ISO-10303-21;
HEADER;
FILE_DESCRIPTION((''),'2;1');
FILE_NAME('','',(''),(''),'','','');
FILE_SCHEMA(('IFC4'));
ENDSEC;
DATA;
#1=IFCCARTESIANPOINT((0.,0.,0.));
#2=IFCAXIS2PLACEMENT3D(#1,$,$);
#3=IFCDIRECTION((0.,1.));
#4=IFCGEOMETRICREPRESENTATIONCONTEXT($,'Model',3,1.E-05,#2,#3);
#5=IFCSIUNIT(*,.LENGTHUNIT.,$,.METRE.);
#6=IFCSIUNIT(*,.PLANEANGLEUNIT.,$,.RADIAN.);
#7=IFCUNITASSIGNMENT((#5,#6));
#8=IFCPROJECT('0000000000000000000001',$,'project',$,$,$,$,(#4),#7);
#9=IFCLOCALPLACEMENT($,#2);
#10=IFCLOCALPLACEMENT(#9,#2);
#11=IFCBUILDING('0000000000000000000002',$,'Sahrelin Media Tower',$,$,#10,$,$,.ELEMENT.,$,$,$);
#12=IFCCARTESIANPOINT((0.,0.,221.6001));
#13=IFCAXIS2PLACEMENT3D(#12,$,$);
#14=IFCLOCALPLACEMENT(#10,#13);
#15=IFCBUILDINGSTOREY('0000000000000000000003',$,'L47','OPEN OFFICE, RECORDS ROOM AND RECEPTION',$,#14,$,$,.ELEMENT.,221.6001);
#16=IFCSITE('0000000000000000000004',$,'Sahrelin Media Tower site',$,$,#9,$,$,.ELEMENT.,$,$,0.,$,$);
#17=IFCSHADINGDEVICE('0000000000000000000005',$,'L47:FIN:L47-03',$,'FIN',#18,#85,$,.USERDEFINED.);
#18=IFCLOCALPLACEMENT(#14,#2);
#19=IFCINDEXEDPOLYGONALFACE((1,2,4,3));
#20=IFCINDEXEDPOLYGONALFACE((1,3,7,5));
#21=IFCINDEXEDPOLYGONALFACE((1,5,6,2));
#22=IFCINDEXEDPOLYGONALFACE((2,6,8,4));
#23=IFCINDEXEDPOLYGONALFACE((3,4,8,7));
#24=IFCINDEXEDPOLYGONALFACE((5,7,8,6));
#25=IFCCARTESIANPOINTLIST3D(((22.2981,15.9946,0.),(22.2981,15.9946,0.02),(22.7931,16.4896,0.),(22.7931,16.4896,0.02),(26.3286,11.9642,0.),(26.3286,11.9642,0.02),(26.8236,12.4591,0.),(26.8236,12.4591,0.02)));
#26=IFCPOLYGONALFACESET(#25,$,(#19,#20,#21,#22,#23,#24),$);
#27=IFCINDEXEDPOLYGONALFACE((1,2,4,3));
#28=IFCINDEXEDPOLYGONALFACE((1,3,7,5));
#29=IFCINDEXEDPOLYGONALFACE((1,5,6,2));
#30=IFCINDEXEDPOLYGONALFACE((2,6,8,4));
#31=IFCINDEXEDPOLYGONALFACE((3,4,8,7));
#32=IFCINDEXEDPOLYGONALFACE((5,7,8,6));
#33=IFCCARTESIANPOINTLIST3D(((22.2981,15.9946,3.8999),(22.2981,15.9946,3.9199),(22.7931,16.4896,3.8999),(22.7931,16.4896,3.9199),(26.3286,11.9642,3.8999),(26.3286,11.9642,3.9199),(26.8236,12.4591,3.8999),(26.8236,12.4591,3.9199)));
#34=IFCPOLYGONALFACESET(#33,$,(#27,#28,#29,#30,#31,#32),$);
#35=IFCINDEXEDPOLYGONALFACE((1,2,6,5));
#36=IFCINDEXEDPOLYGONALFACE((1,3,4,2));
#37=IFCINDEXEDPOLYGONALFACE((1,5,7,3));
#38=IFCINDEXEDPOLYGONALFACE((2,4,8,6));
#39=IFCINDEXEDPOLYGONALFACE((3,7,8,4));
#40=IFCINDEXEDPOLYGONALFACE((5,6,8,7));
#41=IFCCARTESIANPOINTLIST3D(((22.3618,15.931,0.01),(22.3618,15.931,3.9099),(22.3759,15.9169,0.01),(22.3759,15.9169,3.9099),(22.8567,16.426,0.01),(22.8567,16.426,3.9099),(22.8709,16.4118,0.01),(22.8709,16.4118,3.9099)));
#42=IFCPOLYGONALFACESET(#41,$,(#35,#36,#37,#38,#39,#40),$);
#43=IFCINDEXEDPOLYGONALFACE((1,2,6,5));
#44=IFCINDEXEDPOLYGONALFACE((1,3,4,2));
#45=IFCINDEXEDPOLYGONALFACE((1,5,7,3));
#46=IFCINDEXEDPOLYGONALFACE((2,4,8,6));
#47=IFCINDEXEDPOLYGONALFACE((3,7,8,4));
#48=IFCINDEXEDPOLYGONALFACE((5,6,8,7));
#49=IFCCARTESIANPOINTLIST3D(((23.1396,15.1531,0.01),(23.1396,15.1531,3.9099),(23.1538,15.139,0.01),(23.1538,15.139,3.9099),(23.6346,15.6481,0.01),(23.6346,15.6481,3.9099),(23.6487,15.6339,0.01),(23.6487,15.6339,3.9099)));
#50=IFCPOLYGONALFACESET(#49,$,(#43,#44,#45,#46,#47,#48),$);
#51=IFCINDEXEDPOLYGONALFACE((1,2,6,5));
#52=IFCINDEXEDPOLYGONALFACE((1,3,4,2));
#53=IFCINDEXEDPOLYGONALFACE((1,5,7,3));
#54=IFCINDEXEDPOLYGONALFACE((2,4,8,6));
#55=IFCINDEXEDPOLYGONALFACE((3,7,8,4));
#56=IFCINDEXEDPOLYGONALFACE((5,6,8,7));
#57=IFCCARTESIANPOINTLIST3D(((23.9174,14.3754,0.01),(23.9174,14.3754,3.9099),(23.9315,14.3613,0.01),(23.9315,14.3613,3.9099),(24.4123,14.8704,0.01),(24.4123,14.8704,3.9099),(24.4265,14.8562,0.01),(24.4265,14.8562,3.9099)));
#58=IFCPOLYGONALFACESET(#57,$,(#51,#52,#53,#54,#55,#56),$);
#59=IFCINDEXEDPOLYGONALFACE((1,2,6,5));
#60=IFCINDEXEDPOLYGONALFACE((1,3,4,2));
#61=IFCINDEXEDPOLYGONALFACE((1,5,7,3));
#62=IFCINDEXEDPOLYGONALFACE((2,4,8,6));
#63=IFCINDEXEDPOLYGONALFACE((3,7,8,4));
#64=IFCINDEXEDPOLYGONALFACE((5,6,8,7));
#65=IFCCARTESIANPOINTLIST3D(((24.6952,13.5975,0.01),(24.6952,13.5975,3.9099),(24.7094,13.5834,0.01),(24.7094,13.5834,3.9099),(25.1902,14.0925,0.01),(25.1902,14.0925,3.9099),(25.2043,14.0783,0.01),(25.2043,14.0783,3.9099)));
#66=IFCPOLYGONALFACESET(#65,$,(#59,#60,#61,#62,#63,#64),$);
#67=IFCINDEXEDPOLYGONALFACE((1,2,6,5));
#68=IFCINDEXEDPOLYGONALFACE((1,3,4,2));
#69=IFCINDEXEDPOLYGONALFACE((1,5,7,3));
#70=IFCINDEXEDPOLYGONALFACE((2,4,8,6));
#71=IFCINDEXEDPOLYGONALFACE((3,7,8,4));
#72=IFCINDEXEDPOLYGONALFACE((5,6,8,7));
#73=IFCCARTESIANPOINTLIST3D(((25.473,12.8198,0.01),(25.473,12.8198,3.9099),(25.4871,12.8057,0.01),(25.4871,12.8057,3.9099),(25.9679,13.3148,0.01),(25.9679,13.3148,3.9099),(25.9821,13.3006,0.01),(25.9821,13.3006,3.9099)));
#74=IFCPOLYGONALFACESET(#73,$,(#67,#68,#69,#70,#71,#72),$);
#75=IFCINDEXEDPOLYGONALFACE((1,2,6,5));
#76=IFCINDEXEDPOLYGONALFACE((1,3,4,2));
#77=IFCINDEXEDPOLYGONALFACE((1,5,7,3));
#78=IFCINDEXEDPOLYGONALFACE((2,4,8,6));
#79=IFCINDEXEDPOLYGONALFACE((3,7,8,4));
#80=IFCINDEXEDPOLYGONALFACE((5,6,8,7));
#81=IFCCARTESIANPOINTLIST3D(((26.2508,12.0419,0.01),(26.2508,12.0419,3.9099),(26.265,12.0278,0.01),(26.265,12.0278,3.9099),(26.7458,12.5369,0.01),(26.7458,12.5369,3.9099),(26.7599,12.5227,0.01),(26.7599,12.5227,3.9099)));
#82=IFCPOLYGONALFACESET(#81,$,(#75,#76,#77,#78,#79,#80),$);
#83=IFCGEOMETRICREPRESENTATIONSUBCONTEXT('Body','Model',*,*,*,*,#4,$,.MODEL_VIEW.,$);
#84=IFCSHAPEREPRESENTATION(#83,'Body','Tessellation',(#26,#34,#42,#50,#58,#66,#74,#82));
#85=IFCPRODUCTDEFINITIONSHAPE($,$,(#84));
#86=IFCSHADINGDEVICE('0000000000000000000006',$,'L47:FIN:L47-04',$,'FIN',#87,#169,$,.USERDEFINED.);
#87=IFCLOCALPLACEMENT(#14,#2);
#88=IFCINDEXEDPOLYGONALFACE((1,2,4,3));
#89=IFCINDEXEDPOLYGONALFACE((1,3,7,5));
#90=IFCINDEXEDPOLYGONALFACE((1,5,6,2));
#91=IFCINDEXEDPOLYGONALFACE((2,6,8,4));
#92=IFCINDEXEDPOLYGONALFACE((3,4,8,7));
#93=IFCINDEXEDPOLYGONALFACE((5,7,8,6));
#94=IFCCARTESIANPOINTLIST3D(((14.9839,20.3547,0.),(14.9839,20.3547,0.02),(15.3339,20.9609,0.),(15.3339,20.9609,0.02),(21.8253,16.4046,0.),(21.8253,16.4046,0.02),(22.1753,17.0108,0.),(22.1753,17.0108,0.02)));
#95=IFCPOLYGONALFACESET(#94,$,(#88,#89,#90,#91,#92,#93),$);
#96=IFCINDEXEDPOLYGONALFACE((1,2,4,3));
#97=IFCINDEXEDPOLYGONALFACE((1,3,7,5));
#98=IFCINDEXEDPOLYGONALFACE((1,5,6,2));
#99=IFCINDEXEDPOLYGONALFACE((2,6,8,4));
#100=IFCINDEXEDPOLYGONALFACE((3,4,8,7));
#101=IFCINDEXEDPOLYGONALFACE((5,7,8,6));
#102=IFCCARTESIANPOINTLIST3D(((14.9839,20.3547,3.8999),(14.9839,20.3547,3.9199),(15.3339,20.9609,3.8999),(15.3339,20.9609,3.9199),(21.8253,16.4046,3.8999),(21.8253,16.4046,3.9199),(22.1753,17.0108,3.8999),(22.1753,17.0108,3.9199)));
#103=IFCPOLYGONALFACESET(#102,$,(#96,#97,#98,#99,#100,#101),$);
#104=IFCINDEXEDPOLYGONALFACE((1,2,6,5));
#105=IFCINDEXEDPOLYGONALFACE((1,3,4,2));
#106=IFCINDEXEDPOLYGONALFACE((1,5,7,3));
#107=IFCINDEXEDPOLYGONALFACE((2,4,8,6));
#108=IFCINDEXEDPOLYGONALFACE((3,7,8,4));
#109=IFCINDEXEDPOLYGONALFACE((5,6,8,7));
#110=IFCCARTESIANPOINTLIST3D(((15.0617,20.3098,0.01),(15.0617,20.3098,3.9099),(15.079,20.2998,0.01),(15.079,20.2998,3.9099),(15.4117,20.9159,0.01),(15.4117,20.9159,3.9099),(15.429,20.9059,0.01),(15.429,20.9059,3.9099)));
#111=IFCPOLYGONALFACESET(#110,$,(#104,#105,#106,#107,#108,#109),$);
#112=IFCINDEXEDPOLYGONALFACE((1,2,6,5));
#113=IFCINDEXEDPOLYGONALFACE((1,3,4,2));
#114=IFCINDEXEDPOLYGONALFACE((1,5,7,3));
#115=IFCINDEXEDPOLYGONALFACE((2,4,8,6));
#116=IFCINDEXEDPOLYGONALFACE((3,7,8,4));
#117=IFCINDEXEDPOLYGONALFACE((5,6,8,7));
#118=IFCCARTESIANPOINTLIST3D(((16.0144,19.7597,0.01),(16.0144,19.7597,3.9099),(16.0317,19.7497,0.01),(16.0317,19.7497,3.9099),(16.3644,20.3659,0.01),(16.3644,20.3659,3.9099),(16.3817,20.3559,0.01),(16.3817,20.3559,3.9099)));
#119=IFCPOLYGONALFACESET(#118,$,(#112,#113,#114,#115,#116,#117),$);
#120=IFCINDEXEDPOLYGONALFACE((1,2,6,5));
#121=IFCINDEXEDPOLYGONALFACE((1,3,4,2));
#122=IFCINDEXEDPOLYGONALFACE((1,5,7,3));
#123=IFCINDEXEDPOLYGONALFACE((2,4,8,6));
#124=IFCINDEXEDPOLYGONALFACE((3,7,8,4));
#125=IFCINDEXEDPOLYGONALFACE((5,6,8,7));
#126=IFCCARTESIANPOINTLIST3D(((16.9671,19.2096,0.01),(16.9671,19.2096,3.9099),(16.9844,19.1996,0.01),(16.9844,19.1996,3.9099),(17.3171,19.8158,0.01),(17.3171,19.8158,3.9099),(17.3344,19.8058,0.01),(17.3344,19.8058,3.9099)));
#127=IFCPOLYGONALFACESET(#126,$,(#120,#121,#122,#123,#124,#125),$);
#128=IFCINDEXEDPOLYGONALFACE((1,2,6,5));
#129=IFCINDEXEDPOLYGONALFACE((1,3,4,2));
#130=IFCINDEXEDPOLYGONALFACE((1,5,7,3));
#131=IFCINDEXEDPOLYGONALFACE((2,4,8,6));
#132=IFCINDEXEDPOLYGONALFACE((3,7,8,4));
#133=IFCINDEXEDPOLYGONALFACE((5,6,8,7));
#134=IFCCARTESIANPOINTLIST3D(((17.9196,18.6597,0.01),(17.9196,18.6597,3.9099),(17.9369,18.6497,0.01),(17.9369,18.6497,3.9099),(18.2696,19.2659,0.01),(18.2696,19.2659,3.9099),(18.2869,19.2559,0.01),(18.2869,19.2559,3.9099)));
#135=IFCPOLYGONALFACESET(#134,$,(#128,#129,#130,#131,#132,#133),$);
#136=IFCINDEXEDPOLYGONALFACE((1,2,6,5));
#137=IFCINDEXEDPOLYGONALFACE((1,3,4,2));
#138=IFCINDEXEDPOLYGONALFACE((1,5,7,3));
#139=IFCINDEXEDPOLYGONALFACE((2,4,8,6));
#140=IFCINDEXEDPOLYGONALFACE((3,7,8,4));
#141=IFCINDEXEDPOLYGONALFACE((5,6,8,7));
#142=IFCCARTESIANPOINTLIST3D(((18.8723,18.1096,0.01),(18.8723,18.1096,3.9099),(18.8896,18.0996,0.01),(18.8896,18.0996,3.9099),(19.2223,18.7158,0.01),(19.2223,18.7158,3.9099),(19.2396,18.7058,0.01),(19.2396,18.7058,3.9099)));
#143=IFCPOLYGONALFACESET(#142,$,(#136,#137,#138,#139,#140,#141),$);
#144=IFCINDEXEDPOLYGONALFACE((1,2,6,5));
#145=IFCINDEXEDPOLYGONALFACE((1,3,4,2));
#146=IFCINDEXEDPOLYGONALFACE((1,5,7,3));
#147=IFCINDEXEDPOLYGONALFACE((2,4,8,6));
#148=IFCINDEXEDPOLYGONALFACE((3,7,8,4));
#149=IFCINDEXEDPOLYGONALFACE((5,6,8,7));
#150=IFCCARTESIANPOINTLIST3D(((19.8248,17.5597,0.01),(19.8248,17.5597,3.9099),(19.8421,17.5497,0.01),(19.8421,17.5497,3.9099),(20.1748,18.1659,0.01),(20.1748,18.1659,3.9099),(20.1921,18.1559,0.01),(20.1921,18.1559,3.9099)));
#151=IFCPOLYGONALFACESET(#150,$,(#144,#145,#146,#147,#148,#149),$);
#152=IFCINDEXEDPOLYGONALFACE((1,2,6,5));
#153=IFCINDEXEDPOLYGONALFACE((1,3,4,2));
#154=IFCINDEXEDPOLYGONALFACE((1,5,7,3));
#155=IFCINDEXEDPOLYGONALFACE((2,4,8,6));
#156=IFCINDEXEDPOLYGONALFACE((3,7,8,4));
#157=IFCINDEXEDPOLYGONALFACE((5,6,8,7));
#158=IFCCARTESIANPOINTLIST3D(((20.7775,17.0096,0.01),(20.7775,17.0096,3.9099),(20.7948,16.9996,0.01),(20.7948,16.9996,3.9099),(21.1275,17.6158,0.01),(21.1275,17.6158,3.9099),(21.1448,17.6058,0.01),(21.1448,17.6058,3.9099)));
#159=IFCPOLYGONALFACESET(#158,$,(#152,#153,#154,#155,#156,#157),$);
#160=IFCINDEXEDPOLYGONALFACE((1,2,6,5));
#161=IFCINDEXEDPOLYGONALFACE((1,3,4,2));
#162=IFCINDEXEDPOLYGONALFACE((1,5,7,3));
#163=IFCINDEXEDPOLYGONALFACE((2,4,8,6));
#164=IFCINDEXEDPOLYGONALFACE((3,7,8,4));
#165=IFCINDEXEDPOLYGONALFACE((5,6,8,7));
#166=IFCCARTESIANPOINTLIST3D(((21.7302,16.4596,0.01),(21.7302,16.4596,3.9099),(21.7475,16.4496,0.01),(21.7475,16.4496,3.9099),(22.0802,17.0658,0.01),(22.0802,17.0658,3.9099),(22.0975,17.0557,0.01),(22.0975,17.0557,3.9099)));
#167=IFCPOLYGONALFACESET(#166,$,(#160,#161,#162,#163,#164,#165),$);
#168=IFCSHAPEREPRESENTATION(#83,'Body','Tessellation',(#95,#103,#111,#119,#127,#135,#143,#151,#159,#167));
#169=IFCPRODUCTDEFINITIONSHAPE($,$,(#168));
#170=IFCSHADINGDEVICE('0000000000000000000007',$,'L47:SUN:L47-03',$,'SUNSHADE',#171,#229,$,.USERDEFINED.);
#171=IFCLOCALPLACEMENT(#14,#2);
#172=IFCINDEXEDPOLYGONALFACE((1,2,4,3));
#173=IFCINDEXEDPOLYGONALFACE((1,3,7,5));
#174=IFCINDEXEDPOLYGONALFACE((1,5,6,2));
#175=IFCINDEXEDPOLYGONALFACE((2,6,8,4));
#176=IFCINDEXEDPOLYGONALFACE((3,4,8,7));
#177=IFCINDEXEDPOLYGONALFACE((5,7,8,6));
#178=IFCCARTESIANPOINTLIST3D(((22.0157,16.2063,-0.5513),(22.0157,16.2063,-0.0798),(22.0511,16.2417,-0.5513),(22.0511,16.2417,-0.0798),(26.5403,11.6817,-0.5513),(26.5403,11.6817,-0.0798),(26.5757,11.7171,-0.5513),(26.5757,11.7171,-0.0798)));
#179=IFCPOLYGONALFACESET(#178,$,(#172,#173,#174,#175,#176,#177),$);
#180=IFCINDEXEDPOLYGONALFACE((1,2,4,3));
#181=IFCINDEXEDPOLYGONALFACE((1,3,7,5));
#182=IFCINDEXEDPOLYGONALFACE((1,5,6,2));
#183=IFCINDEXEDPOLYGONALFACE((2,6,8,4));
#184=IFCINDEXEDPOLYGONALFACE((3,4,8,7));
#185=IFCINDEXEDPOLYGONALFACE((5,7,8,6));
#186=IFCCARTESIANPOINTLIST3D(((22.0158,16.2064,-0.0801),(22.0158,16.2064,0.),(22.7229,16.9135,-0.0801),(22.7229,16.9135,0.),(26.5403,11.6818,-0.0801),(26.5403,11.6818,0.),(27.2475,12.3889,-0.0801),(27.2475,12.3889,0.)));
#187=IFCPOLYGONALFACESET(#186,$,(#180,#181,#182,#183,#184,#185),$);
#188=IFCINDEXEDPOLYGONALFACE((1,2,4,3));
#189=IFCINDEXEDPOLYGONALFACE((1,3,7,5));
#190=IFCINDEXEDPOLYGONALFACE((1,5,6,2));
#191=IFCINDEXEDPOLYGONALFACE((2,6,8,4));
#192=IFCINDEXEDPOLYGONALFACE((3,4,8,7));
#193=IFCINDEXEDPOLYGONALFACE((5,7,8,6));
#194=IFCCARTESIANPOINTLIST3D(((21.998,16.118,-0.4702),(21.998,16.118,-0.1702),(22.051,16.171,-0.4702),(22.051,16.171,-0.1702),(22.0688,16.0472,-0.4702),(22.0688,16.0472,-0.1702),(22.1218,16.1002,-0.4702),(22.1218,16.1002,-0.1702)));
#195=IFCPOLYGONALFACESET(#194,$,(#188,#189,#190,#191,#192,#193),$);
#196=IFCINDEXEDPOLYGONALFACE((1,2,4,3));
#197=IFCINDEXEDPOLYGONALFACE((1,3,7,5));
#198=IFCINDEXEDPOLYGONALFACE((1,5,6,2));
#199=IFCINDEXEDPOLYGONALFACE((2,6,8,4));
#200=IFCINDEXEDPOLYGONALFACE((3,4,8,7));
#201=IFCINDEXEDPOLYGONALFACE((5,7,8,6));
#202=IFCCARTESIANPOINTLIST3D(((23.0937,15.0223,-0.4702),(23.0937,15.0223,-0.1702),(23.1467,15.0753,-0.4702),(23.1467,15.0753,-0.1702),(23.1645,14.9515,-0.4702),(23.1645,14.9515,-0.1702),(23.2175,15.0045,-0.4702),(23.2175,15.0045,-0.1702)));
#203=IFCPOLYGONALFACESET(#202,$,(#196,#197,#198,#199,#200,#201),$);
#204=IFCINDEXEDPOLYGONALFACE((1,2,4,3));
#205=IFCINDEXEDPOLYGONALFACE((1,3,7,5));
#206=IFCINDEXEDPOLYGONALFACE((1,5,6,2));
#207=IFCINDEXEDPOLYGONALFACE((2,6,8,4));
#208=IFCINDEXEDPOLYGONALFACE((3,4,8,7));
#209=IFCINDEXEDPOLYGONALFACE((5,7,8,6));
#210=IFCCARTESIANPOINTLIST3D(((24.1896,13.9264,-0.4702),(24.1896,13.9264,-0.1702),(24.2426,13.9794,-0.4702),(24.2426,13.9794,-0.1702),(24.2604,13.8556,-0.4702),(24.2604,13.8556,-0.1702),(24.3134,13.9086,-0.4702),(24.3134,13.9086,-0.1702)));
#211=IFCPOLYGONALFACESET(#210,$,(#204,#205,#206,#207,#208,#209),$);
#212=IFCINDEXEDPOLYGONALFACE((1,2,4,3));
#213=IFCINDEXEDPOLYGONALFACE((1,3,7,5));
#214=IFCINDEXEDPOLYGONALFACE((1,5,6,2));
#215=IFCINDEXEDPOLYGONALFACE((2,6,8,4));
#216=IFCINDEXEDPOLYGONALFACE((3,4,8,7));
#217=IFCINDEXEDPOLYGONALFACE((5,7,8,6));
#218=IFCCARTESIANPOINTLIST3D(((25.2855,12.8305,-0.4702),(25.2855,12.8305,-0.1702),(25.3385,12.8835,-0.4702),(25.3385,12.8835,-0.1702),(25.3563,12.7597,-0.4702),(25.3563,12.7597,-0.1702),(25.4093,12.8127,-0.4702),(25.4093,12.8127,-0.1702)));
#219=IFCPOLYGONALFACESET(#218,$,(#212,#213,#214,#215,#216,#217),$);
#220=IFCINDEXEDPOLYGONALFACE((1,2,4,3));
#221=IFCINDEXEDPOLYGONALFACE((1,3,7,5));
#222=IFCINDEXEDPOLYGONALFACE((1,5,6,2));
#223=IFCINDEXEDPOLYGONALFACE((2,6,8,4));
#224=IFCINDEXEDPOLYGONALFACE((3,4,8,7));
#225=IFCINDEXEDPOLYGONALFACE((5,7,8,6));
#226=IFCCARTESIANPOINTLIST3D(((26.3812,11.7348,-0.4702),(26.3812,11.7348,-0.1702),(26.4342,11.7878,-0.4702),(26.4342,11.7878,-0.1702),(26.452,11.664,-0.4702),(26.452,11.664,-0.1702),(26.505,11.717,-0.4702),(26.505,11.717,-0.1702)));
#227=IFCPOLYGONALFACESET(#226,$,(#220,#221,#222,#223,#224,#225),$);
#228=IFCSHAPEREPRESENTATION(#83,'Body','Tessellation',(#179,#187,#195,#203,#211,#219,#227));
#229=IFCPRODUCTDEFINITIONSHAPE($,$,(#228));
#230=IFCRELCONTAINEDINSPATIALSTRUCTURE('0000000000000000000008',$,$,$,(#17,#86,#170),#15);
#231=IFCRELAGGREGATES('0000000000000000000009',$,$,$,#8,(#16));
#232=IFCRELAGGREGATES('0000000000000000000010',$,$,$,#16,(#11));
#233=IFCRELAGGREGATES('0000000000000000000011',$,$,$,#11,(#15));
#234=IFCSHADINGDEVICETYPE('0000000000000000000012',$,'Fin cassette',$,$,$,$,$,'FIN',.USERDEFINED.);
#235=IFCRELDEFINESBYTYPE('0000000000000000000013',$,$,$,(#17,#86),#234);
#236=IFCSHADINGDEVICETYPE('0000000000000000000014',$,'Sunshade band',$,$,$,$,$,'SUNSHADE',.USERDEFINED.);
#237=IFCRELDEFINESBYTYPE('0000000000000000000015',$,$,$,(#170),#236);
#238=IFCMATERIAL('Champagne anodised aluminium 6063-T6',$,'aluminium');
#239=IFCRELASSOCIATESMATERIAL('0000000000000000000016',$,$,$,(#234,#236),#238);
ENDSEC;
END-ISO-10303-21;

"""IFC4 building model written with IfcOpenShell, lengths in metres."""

from ifc_helpers import new_model, si_unit, direction, frame, origin, origin_2d, place, context, subcontext, project, spatial, rectangle, extrude, material, type_object, element, save


model = new_model("IFC4")

# Units and contexts
model_context = context("Model", 3, precision=1e-05, world=origin(), true_north=direction((0.0, 1.0)))
body_context = subcontext(model_context, "Body", "Model", "MODEL_VIEW")
ifc_project = project(units=[si_unit("LENGTHUNIT", "METRE"), si_unit("PLANEANGLEUNIT", "RADIAN")], contexts=[model_context])

# Site, building, storey
site_placement = place(None, origin())
site = spatial("IfcSite", under=ifc_project, at=site_placement, Name="Sahrelin Media Tower site", CompositionType="ELEMENT", RefElevation=0.0)
building_placement = place(site_placement, origin())
building = spatial("IfcBuilding", under=site, at=building_placement, Name="Sahrelin Media Tower", CompositionType="ELEMENT")
storey_placement = place(building_placement, frame((0.0, 0.0, 221.6001)))
storey = spatial("IfcBuildingStorey", under=building, at=storey_placement, Name="L47", Description="OPEN OFFICE, RECORDS ROOM AND RECEPTION", CompositionType="ELEMENT", Elevation=221.6001)

# Shared definitions
ifc_material_1 = material(Name="Champagne anodised aluminium 6063-T6", Category="aluminium")

# Shading devices
shading_device_type_1 = type_object("IfcShadingDeviceType", Name="Fin cassette", ElementType="FIN", PredefinedType="USERDEFINED", material=ifc_material_1)
placement_1 = place(storey_placement, frame((24.2639, 13.9299, 0.0), z_axis=(0.0, 0.0, 1.0), x_axis=(0.707107, -0.707107, 0.0)))
element("IfcShadingDevice", 1, at=placement_1, inside=storey, type_object=shading_device_type_1, Name="L47:FIN:L47-03", ObjectType="FIN", PredefinedType="USERDEFINED", context=body_context, shape_type="SweptSolid", body=[
    extrude(rectangle(XDim=5.7, YDim=0.7, at=origin_2d()), frame((0.0, 0.4199, 0.0)), (0.0, 0.0, 1.0), 0.02),
    extrude(rectangle(XDim=5.7, YDim=0.7, at=origin_2d()), frame((0.0, 0.4199, 3.8999)), (0.0, 0.0, 1.0), 0.02),
    extrude(rectangle(XDim=0.02, YDim=0.7, at=origin_2d()), frame((-2.75, 0.4199, 0.01), z_axis=(0.0, 0.0, 1.0), x_axis=(1.0, 0.0, 0.0)), (0.0, 0.0, 1.0), 3.8999),
    extrude(rectangle(XDim=0.02, YDim=0.7, at=origin_2d()), frame((-1.6499, 0.4199, 0.01), z_axis=(0.0, 0.0, 1.0), x_axis=(1.0, 0.0, 0.0)), (0.0, 0.0, 1.0), 3.8999),
    extrude(rectangle(XDim=0.02, YDim=0.7, at=origin_2d()), frame((-0.55, 0.4199, 0.01), z_axis=(0.0, 0.0, 1.0), x_axis=(1.0, 0.0, 0.0)), (0.0, 0.0, 1.0), 3.8999),
    extrude(rectangle(XDim=0.02, YDim=0.7, at=origin_2d()), frame((0.55, 0.4199, 0.01), z_axis=(0.0, 0.0, 1.0), x_axis=(1.0, 0.0, 0.0)), (0.0, 0.0, 1.0), 3.8999),
    extrude(rectangle(XDim=0.02, YDim=0.7, at=origin_2d()), frame((1.6499, 0.4199, 0.01), z_axis=(0.0, 0.0, 1.0), x_axis=(1.0, 0.0, 0.0)), (0.0, 0.0, 1.0), 3.8999),
    extrude(rectangle(XDim=0.02, YDim=0.7, at=origin_2d()), frame((2.75, 0.4199, 0.01), z_axis=(0.0, 0.0, 1.0), x_axis=(1.0, 0.0, 0.0)), (0.0, 0.0, 1.0), 3.8999),
])
placement_2 = place(storey_placement, frame((18.3696, 18.3191, 0.0), z_axis=(0.0, 0.0, 1.0), x_axis=(0.866019, -0.500011, 0.0)))
element("IfcShadingDevice", 2, at=placement_2, inside=storey, type_object=shading_device_type_1, Name="L47:FIN:L47-04", ObjectType="FIN", PredefinedType="USERDEFINED", context=body_context, shape_type="SweptSolid", body=[
    extrude(rectangle(XDim=7.8999, YDim=0.7, at=origin_2d()), frame((0.0, 0.4199, 0.0)), (0.0, 0.0, 1.0), 0.02),
    extrude(rectangle(XDim=7.8999, YDim=0.7, at=origin_2d()), frame((0.0, 0.4199, 3.8999)), (0.0, 0.0, 1.0), 0.02),
    extrude(rectangle(XDim=0.02, YDim=0.7, at=origin_2d()), frame((-3.8501, 0.4199, 0.01), z_axis=(0.0, 0.0, 1.0), x_axis=(1.0, 0.0, 0.0)), (0.0, 0.0, 1.0), 3.8999),
    extrude(rectangle(XDim=0.02, YDim=0.7, at=origin_2d()), frame((-2.75, 0.4199, 0.01), z_axis=(0.0, 0.0, 1.0), x_axis=(1.0, 0.0, 0.0)), (0.0, 0.0, 1.0), 3.8999),
    extrude(rectangle(XDim=0.02, YDim=0.7, at=origin_2d()), frame((-1.6499, 0.4199, 0.01), z_axis=(0.0, 0.0, 1.0), x_axis=(1.0, 0.0, 0.0)), (0.0, 0.0, 1.0), 3.8999),
    extrude(rectangle(XDim=0.02, YDim=0.7, at=origin_2d()), frame((-0.55, 0.4199, 0.01), z_axis=(0.0, 0.0, 1.0), x_axis=(1.0, 0.0, 0.0)), (0.0, 0.0, 1.0), 3.8999),
    extrude(rectangle(XDim=0.02, YDim=0.7, at=origin_2d()), frame((0.55, 0.4199, 0.01), z_axis=(0.0, 0.0, 1.0), x_axis=(1.0, 0.0, 0.0)), (0.0, 0.0, 1.0), 3.8999),
    extrude(rectangle(XDim=0.02, YDim=0.7, at=origin_2d()), frame((1.6499, 0.4199, 0.01), z_axis=(0.0, 0.0, 1.0), x_axis=(1.0, 0.0, 0.0)), (0.0, 0.0, 1.0), 3.8999),
    extrude(rectangle(XDim=0.02, YDim=0.7, at=origin_2d()), frame((2.75, 0.4199, 0.01), z_axis=(0.0, 0.0, 1.0), x_axis=(1.0, 0.0, 0.0)), (0.0, 0.0, 1.0), 3.8999),
    extrude(rectangle(XDim=0.02, YDim=0.7, at=origin_2d()), frame((3.8501, 0.4199, 0.01), z_axis=(0.0, 0.0, 1.0), x_axis=(1.0, 0.0, 0.0)), (0.0, 0.0, 1.0), 3.8999),
])
shading_device_type_2 = type_object("IfcShadingDeviceType", Name="Sunshade band", ElementType="SUNSHADE", PredefinedType="USERDEFINED", material=ifc_material_1)
element("IfcShadingDevice", 3, at=placement_1, inside=storey, type_object=shading_device_type_2, Name="L47:SUN:L47-03", ObjectType="SUNSHADE", PredefinedType="USERDEFINED", context=body_context, shape_type="SweptSolid", body=[
    extrude(rectangle(XDim=6.3987, YDim=0.05, at=origin_2d()), frame((0.0, 0.0449, -0.5513)), (0.0, 0.0, 1.0), 0.4714),
    extrude(rectangle(XDim=6.3987, YDim=1.0, at=origin_2d()), frame((0.0, 0.52, -0.0801)), (0.0, 0.0, 1.0), 0.0801),
    extrude(rectangle(XDim=0.1001, YDim=0.075, at=origin_2d()), frame((-3.0994, -0.0176, -0.4702)), (0.0, 0.0, 1.0), 0.3),
    extrude(rectangle(XDim=0.1001, YDim=0.075, at=origin_2d()), frame((-1.5498, -0.0176, -0.4702)), (0.0, 0.0, 1.0), 0.3),
    extrude(rectangle(XDim=0.1001, YDim=0.075, at=origin_2d()), frame((0.0, -0.0176, -0.4702)), (0.0, 0.0, 1.0), 0.3),
    extrude(rectangle(XDim=0.1001, YDim=0.075, at=origin_2d()), frame((1.5498, -0.0176, -0.4702)), (0.0, 0.0, 1.0), 0.3),
    extrude(rectangle(XDim=0.1001, YDim=0.075, at=origin_2d()), frame((3.0994, -0.0176, -0.4702)), (0.0, 0.0, 1.0), 0.3),
])

save(model, "model.ifc")
